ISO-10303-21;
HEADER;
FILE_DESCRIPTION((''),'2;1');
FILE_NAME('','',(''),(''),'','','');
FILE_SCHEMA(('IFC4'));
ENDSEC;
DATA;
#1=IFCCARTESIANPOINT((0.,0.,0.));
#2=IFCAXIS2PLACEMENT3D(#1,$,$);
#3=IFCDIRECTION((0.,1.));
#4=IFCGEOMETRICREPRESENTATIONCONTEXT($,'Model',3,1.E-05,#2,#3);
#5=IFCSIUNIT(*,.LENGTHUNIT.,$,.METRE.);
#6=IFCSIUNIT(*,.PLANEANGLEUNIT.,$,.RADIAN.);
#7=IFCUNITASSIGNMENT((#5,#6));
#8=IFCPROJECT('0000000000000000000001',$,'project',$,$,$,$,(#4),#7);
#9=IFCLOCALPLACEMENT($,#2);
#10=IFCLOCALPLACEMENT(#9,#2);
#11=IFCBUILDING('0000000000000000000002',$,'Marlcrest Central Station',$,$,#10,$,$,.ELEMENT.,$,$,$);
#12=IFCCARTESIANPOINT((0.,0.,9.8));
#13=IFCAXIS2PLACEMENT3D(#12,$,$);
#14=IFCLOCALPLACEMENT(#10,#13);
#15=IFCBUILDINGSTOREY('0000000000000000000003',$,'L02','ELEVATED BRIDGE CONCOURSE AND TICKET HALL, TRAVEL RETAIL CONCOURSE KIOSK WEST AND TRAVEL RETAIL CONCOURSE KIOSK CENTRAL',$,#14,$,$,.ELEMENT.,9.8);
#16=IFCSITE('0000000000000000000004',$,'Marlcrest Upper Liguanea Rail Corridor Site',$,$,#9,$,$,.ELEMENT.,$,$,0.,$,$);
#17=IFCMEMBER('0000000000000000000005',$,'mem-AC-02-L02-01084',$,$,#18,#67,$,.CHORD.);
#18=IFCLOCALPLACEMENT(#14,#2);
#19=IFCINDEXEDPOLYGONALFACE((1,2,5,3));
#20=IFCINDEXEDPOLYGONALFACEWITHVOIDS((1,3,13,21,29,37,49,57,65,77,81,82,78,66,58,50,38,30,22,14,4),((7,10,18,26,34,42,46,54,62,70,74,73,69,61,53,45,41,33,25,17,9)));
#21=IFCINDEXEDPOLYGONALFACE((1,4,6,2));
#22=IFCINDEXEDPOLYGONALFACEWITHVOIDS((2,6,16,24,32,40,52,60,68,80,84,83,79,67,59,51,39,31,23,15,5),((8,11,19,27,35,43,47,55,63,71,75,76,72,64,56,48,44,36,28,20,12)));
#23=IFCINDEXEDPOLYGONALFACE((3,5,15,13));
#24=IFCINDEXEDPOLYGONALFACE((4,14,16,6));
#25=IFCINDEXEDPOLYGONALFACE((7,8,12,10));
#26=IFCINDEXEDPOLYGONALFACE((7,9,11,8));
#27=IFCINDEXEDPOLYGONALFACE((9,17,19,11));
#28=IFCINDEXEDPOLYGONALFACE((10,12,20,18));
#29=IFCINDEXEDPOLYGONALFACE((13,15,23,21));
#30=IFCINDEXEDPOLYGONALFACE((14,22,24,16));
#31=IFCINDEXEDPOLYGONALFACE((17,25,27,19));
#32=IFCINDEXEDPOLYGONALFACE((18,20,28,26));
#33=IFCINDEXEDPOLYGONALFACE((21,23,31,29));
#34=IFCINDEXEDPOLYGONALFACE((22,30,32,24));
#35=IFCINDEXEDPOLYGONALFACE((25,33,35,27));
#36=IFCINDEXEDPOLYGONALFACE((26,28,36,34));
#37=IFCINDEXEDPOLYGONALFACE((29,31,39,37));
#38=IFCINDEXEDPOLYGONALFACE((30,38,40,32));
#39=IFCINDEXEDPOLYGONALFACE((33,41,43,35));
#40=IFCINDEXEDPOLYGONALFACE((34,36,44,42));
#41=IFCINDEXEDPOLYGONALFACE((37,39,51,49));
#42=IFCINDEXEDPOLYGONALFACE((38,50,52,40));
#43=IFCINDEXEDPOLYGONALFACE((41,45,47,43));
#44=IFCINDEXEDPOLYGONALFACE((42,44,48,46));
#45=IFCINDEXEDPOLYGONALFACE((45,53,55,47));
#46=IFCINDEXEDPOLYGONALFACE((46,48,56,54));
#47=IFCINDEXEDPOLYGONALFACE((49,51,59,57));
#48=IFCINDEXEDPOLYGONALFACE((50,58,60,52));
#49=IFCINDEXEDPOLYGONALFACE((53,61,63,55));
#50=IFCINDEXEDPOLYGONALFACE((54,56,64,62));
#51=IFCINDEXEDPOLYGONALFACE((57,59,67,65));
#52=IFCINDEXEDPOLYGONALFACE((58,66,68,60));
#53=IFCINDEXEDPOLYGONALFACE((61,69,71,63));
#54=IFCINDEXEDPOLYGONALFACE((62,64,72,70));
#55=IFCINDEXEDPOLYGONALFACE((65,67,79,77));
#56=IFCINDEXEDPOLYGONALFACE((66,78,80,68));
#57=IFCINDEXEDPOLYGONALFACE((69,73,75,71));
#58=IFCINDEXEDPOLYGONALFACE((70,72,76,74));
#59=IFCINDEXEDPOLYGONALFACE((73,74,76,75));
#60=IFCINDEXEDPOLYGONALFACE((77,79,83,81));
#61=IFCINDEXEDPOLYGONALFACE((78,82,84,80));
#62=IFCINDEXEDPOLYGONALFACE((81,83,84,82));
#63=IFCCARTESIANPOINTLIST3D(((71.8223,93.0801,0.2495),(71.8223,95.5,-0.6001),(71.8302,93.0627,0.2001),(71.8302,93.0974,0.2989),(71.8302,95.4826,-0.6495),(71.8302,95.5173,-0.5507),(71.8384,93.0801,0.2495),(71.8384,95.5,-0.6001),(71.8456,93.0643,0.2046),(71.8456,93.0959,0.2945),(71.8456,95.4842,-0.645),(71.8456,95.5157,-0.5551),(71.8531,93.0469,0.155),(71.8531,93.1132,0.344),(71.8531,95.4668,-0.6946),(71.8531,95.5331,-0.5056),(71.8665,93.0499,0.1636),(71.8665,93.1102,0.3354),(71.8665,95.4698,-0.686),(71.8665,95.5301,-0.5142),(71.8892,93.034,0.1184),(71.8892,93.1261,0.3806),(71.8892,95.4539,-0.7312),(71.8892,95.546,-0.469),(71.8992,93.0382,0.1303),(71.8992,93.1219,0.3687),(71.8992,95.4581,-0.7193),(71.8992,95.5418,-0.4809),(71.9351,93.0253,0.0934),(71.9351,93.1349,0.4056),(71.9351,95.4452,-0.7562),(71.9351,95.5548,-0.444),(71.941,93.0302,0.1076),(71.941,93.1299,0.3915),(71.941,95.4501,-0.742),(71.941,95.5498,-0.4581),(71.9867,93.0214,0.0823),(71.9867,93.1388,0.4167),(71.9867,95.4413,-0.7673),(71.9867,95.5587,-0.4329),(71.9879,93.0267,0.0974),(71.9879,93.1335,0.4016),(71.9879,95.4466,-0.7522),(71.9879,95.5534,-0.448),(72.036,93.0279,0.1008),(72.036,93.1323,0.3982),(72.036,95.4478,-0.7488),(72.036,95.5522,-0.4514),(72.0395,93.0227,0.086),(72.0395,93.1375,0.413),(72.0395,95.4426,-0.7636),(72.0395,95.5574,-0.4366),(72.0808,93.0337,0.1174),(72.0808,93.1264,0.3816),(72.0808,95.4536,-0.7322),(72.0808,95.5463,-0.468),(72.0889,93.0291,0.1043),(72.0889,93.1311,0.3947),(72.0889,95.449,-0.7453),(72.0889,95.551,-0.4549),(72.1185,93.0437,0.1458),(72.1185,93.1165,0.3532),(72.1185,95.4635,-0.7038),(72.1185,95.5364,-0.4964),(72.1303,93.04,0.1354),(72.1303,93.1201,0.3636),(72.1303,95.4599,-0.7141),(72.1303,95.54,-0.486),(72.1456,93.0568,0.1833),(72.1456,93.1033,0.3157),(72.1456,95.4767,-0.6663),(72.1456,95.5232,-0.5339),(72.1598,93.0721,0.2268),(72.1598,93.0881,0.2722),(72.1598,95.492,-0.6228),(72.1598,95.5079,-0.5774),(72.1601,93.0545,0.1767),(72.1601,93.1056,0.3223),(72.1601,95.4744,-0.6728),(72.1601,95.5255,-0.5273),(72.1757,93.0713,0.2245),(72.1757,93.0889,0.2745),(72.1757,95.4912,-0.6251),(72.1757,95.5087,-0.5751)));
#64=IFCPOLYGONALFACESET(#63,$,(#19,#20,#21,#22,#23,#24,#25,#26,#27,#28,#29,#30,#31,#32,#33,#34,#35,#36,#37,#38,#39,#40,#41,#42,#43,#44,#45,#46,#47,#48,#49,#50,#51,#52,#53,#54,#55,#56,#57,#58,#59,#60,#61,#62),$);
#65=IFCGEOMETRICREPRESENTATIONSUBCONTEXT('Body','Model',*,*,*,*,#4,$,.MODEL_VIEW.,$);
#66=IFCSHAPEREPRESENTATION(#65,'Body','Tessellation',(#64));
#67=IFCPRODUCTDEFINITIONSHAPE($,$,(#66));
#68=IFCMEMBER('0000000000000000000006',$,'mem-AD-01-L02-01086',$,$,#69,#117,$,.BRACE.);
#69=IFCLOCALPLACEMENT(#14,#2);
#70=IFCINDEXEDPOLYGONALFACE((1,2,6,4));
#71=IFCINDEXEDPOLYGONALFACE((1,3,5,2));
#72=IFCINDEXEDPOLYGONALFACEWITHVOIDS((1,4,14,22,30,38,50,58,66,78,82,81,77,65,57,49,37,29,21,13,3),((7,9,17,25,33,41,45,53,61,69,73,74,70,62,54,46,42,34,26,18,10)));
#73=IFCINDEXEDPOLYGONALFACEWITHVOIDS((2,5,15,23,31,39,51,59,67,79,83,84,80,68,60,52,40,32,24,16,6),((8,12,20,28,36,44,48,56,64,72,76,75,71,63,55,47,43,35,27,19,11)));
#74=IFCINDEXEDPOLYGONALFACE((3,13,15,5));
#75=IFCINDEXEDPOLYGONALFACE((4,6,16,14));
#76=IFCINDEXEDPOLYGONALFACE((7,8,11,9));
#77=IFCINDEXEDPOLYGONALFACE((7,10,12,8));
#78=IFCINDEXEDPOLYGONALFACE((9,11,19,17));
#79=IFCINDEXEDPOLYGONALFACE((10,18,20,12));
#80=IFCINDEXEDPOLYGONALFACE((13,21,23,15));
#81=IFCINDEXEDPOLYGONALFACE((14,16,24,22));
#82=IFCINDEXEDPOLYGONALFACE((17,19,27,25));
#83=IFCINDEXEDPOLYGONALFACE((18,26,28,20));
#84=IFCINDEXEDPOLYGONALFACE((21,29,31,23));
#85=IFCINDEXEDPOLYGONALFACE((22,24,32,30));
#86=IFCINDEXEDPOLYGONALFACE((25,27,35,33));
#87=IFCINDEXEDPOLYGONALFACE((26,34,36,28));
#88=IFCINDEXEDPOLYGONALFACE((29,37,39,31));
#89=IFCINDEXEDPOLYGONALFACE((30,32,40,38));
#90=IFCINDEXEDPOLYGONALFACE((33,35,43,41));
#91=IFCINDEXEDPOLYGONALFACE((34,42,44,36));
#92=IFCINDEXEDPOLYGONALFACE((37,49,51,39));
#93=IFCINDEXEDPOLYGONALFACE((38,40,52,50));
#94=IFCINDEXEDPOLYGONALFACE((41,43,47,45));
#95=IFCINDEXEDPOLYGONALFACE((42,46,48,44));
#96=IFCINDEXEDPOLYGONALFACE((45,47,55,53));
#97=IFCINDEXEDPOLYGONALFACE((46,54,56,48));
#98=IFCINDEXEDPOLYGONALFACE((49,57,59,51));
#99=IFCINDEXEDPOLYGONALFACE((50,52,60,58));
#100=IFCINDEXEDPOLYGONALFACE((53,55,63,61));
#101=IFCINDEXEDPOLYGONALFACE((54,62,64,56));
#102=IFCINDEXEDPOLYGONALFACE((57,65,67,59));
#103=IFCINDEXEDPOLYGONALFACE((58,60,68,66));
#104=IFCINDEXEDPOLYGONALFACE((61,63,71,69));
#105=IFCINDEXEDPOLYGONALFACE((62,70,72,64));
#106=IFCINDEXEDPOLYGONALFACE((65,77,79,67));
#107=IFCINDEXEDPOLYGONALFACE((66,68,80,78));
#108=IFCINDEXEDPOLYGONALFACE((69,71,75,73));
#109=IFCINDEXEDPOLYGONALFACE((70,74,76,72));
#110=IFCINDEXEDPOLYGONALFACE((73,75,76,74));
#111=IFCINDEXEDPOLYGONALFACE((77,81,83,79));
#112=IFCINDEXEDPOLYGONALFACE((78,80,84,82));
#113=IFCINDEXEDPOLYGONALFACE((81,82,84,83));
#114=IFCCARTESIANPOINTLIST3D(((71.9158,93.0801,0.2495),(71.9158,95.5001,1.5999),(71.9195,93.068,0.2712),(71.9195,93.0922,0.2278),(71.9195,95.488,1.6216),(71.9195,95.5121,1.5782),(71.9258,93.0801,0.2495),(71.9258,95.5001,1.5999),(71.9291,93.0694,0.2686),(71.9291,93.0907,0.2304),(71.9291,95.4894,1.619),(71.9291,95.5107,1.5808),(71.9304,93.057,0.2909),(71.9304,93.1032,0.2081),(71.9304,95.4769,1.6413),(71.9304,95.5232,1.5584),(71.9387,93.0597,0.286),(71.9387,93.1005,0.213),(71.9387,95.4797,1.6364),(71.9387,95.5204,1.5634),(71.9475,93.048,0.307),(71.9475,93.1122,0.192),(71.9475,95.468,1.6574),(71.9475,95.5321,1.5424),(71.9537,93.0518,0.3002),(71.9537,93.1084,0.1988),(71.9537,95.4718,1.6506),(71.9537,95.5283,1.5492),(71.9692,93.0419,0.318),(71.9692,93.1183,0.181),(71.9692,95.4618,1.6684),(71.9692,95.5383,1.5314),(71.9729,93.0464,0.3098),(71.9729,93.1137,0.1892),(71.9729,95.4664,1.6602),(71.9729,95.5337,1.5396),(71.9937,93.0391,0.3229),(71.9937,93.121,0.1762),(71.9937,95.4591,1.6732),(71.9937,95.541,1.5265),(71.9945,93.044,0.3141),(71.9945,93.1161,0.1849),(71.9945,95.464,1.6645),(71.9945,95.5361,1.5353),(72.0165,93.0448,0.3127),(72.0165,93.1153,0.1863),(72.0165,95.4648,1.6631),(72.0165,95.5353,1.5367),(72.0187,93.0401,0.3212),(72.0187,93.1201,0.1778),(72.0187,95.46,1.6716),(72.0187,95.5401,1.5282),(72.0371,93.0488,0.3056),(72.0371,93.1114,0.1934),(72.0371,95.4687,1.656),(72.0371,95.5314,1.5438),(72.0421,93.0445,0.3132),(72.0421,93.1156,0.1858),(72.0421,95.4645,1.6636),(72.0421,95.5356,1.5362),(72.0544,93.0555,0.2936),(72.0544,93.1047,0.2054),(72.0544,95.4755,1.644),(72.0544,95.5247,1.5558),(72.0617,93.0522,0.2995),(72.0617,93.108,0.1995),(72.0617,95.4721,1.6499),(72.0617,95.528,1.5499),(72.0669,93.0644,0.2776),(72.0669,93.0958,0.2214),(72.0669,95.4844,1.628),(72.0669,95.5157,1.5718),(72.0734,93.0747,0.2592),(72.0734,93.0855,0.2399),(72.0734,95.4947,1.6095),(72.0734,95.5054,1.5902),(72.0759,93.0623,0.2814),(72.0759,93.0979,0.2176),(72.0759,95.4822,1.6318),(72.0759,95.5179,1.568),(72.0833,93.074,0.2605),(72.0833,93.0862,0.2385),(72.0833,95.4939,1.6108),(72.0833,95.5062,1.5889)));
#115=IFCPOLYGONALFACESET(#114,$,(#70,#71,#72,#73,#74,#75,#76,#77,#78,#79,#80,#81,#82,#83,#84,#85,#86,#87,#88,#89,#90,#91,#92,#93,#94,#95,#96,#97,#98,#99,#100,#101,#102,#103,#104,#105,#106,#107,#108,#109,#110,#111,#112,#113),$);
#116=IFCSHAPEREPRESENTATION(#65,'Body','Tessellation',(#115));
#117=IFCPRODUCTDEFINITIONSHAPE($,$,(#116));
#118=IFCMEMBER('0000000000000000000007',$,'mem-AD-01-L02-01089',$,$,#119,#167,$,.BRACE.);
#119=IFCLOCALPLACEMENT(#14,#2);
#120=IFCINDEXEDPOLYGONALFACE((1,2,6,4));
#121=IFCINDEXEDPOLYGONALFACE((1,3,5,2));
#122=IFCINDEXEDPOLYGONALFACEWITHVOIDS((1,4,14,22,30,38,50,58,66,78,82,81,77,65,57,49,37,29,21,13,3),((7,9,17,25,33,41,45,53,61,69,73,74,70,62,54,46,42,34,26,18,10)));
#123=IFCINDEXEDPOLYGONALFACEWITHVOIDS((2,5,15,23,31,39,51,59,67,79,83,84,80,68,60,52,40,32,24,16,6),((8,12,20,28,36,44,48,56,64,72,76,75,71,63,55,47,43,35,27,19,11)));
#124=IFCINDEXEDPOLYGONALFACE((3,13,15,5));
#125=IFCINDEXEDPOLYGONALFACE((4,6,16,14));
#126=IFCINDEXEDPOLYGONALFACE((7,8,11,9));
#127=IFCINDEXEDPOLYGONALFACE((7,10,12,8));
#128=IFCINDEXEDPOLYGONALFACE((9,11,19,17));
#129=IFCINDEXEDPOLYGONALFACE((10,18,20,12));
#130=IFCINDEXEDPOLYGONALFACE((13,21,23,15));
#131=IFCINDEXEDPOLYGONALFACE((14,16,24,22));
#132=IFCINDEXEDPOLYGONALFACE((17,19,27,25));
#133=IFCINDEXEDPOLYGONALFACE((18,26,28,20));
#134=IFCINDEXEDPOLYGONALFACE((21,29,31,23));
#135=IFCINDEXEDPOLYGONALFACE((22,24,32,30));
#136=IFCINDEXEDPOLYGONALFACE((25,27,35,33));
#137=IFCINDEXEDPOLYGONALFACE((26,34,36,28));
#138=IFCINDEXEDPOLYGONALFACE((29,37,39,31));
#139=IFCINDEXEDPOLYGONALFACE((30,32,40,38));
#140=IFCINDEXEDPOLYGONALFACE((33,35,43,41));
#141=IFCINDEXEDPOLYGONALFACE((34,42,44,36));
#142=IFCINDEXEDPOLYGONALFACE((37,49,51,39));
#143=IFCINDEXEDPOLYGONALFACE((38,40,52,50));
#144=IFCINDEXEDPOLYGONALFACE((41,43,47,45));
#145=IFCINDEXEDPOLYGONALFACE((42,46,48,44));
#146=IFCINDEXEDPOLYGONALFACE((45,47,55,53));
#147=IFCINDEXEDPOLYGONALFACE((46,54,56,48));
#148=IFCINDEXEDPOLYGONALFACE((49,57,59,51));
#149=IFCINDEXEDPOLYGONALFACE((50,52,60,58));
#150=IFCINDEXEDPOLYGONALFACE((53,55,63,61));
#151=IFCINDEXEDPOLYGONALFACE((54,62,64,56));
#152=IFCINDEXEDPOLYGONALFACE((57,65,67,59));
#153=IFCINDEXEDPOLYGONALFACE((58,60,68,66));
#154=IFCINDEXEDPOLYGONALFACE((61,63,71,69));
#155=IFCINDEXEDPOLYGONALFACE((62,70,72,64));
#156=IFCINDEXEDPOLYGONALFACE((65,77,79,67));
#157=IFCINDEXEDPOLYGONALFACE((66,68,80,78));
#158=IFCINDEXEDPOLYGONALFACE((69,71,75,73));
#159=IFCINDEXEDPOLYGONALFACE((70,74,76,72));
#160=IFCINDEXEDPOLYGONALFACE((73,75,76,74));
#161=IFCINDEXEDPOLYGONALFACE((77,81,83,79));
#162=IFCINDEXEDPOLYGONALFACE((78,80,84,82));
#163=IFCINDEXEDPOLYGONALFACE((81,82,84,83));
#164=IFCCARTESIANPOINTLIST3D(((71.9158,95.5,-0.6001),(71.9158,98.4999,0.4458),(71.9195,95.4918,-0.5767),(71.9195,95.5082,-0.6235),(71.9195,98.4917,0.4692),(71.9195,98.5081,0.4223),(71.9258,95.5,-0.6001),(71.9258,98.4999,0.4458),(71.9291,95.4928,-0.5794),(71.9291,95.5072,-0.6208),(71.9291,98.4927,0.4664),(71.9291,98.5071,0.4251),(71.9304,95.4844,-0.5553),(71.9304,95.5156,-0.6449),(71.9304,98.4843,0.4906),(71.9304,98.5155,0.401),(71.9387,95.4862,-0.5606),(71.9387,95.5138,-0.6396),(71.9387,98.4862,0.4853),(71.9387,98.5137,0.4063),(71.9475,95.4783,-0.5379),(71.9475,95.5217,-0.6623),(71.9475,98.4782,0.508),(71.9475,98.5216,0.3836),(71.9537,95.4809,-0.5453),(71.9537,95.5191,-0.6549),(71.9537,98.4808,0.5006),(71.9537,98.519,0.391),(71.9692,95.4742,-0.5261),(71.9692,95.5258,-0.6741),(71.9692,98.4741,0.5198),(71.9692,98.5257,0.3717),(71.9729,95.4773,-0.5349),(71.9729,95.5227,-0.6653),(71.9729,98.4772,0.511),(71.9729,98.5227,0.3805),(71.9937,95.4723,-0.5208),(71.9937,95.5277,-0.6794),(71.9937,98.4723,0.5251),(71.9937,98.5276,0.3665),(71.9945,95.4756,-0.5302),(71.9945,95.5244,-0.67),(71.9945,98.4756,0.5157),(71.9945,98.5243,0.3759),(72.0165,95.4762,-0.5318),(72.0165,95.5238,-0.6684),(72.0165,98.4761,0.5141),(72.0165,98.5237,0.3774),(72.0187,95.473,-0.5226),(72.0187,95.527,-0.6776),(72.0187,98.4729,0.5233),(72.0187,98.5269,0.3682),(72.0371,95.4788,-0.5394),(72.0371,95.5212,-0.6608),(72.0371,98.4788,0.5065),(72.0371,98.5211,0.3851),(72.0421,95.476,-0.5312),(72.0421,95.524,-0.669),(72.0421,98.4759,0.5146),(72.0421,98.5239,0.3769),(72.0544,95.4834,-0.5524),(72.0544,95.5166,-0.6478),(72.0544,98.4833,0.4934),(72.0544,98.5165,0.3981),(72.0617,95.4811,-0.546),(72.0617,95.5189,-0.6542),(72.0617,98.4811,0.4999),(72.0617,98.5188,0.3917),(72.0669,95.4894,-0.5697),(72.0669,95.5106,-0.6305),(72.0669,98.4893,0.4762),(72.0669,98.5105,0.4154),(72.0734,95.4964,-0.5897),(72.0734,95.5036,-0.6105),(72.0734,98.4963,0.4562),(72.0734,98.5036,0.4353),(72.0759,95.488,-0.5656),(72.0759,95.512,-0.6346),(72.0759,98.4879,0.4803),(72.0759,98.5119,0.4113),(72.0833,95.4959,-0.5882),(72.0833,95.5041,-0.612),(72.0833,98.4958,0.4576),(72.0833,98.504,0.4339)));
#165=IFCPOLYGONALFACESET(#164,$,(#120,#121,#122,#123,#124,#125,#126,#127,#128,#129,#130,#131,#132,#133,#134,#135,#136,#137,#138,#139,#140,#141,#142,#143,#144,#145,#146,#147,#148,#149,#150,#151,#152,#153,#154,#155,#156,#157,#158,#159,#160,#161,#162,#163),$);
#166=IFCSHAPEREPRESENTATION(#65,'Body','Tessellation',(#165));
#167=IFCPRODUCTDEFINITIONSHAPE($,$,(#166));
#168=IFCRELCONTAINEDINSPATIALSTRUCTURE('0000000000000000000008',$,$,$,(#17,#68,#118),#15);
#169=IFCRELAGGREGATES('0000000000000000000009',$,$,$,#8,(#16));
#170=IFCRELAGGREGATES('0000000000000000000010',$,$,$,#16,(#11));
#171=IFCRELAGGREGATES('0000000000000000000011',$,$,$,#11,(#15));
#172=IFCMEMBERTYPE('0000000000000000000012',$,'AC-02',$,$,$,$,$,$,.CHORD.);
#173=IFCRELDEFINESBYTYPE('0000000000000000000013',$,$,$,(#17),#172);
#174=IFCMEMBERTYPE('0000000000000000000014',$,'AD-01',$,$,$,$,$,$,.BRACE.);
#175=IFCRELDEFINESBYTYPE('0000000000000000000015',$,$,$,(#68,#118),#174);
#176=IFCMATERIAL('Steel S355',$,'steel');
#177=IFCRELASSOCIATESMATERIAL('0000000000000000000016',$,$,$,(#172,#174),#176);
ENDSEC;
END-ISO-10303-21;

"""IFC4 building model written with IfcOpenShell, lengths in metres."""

from ifc_helpers import new_model, si_unit, direction, frame, origin, origin_2d, place, context, subcontext, project, spatial, hollow_circle, extrude, material, material_profile, profile_set, type_object, element, save


model = new_model("IFC4")

# Units and contexts
model_context = context("Model", 3, precision=1e-05, world=origin(), true_north=direction((0.0, 1.0)))
body_context = subcontext(model_context, "Body", "Model", "MODEL_VIEW")
ifc_project = project(units=[si_unit("LENGTHUNIT", "METRE"), si_unit("PLANEANGLEUNIT", "RADIAN")], contexts=[model_context])

# Site, building, storey
site_placement = place(None, origin())
site = spatial("IfcSite", under=ifc_project, at=site_placement, Name="Marlcrest Upper Liguanea Rail Corridor Site", CompositionType="ELEMENT", RefElevation=0.0)
building_placement = place(site_placement, origin())
building = spatial("IfcBuilding", under=site, at=building_placement, Name="Marlcrest Central Station", CompositionType="ELEMENT")
storey_placement = place(building_placement, frame((0.0, 0.0, 9.8)))
storey = spatial("IfcBuildingStorey", under=building, at=storey_placement, Name="L02", Description="ELEVATED BRIDGE CONCOURSE AND TICKET HALL, TRAVEL RETAIL CONCOURSE KIOSK WEST AND TRAVEL RETAIL CONCOURSE KIOSK CENTRAL", CompositionType="ELEMENT", Elevation=9.8)

# Shared definitions
ifc_material_1 = material(Name="Steel S355", Category="steel")

# Members
ifc_material_profile_1 = material_profile(ifc_material_1, hollow_circle(Radius=0.1777, WallThickness=0.0161, at=origin_2d()), Name="CHS 355.6x16")
ifc_profile_set_1 = profile_set([ifc_material_profile_1], Name="Steel S355")
member_type_1 = type_object("IfcMemberType", Name="AC-02", PredefinedType="CHORD", material=ifc_profile_set_1)
member_1_placement = place(storey_placement, frame((72.0, 93.0801, 0.2495), z_axis=(0.0, 0.943537, -0.331266), x_axis=(-1.0, 0.0, 0.0)))
element("IfcMember", 1, at=member_1_placement, inside=storey, type_object=member_type_1, Name="mem-AC-02-L02-01084", PredefinedType="CHORD", context=body_context, shape_type="SweptSolid", body=[
    extrude(hollow_circle(Radius=0.1777, WallThickness=0.0161, at=origin_2d()), origin(), (0.0, 0.0, 1.0), 2.5647),
])
ifc_material_profile_2 = material_profile(ifc_material_1, hollow_circle(Radius=0.0842, WallThickness=0.01, at=origin_2d()), Name="CHS 168.3x10")
ifc_profile_set_2 = profile_set([ifc_material_profile_2], Name="Steel S355")
member_type_2 = type_object("IfcMemberType", Name="AD-01", PredefinedType="BRACE", material=ifc_profile_set_2)
member_2_placement = place(storey_placement, frame((72.0, 93.0801, 0.2495), z_axis=(0.0, 0.873246, 0.48728), x_axis=(-1.0, 0.0, 0.0)))
element("IfcMember", 2, at=member_2_placement, inside=storey, type_object=member_type_2, Name="mem-AD-01-L02-01086", PredefinedType="BRACE", context=body_context, shape_type="SweptSolid", body=[
    extrude(hollow_circle(Radius=0.0842, WallThickness=0.01, at=origin_2d()), origin(), (0.0, 0.0, 1.0), 2.7712),
])
member_3_placement = place(storey_placement, frame((72.0, 95.5, -0.6001), z_axis=(0.0, 0.94426, 0.3292), x_axis=(-1.0, 0.0, 0.0)))
element("IfcMember", 3, at=member_3_placement, inside=storey, type_object=member_type_2, Name="mem-AD-01-L02-01089", PredefinedType="BRACE", context=body_context, shape_type="SweptSolid", body=[
    extrude(hollow_circle(Radius=0.0842, WallThickness=0.01, at=origin_2d()), origin(), (0.0, 0.0, 1.0), 3.177),
])

save(model, "model.ifc")
